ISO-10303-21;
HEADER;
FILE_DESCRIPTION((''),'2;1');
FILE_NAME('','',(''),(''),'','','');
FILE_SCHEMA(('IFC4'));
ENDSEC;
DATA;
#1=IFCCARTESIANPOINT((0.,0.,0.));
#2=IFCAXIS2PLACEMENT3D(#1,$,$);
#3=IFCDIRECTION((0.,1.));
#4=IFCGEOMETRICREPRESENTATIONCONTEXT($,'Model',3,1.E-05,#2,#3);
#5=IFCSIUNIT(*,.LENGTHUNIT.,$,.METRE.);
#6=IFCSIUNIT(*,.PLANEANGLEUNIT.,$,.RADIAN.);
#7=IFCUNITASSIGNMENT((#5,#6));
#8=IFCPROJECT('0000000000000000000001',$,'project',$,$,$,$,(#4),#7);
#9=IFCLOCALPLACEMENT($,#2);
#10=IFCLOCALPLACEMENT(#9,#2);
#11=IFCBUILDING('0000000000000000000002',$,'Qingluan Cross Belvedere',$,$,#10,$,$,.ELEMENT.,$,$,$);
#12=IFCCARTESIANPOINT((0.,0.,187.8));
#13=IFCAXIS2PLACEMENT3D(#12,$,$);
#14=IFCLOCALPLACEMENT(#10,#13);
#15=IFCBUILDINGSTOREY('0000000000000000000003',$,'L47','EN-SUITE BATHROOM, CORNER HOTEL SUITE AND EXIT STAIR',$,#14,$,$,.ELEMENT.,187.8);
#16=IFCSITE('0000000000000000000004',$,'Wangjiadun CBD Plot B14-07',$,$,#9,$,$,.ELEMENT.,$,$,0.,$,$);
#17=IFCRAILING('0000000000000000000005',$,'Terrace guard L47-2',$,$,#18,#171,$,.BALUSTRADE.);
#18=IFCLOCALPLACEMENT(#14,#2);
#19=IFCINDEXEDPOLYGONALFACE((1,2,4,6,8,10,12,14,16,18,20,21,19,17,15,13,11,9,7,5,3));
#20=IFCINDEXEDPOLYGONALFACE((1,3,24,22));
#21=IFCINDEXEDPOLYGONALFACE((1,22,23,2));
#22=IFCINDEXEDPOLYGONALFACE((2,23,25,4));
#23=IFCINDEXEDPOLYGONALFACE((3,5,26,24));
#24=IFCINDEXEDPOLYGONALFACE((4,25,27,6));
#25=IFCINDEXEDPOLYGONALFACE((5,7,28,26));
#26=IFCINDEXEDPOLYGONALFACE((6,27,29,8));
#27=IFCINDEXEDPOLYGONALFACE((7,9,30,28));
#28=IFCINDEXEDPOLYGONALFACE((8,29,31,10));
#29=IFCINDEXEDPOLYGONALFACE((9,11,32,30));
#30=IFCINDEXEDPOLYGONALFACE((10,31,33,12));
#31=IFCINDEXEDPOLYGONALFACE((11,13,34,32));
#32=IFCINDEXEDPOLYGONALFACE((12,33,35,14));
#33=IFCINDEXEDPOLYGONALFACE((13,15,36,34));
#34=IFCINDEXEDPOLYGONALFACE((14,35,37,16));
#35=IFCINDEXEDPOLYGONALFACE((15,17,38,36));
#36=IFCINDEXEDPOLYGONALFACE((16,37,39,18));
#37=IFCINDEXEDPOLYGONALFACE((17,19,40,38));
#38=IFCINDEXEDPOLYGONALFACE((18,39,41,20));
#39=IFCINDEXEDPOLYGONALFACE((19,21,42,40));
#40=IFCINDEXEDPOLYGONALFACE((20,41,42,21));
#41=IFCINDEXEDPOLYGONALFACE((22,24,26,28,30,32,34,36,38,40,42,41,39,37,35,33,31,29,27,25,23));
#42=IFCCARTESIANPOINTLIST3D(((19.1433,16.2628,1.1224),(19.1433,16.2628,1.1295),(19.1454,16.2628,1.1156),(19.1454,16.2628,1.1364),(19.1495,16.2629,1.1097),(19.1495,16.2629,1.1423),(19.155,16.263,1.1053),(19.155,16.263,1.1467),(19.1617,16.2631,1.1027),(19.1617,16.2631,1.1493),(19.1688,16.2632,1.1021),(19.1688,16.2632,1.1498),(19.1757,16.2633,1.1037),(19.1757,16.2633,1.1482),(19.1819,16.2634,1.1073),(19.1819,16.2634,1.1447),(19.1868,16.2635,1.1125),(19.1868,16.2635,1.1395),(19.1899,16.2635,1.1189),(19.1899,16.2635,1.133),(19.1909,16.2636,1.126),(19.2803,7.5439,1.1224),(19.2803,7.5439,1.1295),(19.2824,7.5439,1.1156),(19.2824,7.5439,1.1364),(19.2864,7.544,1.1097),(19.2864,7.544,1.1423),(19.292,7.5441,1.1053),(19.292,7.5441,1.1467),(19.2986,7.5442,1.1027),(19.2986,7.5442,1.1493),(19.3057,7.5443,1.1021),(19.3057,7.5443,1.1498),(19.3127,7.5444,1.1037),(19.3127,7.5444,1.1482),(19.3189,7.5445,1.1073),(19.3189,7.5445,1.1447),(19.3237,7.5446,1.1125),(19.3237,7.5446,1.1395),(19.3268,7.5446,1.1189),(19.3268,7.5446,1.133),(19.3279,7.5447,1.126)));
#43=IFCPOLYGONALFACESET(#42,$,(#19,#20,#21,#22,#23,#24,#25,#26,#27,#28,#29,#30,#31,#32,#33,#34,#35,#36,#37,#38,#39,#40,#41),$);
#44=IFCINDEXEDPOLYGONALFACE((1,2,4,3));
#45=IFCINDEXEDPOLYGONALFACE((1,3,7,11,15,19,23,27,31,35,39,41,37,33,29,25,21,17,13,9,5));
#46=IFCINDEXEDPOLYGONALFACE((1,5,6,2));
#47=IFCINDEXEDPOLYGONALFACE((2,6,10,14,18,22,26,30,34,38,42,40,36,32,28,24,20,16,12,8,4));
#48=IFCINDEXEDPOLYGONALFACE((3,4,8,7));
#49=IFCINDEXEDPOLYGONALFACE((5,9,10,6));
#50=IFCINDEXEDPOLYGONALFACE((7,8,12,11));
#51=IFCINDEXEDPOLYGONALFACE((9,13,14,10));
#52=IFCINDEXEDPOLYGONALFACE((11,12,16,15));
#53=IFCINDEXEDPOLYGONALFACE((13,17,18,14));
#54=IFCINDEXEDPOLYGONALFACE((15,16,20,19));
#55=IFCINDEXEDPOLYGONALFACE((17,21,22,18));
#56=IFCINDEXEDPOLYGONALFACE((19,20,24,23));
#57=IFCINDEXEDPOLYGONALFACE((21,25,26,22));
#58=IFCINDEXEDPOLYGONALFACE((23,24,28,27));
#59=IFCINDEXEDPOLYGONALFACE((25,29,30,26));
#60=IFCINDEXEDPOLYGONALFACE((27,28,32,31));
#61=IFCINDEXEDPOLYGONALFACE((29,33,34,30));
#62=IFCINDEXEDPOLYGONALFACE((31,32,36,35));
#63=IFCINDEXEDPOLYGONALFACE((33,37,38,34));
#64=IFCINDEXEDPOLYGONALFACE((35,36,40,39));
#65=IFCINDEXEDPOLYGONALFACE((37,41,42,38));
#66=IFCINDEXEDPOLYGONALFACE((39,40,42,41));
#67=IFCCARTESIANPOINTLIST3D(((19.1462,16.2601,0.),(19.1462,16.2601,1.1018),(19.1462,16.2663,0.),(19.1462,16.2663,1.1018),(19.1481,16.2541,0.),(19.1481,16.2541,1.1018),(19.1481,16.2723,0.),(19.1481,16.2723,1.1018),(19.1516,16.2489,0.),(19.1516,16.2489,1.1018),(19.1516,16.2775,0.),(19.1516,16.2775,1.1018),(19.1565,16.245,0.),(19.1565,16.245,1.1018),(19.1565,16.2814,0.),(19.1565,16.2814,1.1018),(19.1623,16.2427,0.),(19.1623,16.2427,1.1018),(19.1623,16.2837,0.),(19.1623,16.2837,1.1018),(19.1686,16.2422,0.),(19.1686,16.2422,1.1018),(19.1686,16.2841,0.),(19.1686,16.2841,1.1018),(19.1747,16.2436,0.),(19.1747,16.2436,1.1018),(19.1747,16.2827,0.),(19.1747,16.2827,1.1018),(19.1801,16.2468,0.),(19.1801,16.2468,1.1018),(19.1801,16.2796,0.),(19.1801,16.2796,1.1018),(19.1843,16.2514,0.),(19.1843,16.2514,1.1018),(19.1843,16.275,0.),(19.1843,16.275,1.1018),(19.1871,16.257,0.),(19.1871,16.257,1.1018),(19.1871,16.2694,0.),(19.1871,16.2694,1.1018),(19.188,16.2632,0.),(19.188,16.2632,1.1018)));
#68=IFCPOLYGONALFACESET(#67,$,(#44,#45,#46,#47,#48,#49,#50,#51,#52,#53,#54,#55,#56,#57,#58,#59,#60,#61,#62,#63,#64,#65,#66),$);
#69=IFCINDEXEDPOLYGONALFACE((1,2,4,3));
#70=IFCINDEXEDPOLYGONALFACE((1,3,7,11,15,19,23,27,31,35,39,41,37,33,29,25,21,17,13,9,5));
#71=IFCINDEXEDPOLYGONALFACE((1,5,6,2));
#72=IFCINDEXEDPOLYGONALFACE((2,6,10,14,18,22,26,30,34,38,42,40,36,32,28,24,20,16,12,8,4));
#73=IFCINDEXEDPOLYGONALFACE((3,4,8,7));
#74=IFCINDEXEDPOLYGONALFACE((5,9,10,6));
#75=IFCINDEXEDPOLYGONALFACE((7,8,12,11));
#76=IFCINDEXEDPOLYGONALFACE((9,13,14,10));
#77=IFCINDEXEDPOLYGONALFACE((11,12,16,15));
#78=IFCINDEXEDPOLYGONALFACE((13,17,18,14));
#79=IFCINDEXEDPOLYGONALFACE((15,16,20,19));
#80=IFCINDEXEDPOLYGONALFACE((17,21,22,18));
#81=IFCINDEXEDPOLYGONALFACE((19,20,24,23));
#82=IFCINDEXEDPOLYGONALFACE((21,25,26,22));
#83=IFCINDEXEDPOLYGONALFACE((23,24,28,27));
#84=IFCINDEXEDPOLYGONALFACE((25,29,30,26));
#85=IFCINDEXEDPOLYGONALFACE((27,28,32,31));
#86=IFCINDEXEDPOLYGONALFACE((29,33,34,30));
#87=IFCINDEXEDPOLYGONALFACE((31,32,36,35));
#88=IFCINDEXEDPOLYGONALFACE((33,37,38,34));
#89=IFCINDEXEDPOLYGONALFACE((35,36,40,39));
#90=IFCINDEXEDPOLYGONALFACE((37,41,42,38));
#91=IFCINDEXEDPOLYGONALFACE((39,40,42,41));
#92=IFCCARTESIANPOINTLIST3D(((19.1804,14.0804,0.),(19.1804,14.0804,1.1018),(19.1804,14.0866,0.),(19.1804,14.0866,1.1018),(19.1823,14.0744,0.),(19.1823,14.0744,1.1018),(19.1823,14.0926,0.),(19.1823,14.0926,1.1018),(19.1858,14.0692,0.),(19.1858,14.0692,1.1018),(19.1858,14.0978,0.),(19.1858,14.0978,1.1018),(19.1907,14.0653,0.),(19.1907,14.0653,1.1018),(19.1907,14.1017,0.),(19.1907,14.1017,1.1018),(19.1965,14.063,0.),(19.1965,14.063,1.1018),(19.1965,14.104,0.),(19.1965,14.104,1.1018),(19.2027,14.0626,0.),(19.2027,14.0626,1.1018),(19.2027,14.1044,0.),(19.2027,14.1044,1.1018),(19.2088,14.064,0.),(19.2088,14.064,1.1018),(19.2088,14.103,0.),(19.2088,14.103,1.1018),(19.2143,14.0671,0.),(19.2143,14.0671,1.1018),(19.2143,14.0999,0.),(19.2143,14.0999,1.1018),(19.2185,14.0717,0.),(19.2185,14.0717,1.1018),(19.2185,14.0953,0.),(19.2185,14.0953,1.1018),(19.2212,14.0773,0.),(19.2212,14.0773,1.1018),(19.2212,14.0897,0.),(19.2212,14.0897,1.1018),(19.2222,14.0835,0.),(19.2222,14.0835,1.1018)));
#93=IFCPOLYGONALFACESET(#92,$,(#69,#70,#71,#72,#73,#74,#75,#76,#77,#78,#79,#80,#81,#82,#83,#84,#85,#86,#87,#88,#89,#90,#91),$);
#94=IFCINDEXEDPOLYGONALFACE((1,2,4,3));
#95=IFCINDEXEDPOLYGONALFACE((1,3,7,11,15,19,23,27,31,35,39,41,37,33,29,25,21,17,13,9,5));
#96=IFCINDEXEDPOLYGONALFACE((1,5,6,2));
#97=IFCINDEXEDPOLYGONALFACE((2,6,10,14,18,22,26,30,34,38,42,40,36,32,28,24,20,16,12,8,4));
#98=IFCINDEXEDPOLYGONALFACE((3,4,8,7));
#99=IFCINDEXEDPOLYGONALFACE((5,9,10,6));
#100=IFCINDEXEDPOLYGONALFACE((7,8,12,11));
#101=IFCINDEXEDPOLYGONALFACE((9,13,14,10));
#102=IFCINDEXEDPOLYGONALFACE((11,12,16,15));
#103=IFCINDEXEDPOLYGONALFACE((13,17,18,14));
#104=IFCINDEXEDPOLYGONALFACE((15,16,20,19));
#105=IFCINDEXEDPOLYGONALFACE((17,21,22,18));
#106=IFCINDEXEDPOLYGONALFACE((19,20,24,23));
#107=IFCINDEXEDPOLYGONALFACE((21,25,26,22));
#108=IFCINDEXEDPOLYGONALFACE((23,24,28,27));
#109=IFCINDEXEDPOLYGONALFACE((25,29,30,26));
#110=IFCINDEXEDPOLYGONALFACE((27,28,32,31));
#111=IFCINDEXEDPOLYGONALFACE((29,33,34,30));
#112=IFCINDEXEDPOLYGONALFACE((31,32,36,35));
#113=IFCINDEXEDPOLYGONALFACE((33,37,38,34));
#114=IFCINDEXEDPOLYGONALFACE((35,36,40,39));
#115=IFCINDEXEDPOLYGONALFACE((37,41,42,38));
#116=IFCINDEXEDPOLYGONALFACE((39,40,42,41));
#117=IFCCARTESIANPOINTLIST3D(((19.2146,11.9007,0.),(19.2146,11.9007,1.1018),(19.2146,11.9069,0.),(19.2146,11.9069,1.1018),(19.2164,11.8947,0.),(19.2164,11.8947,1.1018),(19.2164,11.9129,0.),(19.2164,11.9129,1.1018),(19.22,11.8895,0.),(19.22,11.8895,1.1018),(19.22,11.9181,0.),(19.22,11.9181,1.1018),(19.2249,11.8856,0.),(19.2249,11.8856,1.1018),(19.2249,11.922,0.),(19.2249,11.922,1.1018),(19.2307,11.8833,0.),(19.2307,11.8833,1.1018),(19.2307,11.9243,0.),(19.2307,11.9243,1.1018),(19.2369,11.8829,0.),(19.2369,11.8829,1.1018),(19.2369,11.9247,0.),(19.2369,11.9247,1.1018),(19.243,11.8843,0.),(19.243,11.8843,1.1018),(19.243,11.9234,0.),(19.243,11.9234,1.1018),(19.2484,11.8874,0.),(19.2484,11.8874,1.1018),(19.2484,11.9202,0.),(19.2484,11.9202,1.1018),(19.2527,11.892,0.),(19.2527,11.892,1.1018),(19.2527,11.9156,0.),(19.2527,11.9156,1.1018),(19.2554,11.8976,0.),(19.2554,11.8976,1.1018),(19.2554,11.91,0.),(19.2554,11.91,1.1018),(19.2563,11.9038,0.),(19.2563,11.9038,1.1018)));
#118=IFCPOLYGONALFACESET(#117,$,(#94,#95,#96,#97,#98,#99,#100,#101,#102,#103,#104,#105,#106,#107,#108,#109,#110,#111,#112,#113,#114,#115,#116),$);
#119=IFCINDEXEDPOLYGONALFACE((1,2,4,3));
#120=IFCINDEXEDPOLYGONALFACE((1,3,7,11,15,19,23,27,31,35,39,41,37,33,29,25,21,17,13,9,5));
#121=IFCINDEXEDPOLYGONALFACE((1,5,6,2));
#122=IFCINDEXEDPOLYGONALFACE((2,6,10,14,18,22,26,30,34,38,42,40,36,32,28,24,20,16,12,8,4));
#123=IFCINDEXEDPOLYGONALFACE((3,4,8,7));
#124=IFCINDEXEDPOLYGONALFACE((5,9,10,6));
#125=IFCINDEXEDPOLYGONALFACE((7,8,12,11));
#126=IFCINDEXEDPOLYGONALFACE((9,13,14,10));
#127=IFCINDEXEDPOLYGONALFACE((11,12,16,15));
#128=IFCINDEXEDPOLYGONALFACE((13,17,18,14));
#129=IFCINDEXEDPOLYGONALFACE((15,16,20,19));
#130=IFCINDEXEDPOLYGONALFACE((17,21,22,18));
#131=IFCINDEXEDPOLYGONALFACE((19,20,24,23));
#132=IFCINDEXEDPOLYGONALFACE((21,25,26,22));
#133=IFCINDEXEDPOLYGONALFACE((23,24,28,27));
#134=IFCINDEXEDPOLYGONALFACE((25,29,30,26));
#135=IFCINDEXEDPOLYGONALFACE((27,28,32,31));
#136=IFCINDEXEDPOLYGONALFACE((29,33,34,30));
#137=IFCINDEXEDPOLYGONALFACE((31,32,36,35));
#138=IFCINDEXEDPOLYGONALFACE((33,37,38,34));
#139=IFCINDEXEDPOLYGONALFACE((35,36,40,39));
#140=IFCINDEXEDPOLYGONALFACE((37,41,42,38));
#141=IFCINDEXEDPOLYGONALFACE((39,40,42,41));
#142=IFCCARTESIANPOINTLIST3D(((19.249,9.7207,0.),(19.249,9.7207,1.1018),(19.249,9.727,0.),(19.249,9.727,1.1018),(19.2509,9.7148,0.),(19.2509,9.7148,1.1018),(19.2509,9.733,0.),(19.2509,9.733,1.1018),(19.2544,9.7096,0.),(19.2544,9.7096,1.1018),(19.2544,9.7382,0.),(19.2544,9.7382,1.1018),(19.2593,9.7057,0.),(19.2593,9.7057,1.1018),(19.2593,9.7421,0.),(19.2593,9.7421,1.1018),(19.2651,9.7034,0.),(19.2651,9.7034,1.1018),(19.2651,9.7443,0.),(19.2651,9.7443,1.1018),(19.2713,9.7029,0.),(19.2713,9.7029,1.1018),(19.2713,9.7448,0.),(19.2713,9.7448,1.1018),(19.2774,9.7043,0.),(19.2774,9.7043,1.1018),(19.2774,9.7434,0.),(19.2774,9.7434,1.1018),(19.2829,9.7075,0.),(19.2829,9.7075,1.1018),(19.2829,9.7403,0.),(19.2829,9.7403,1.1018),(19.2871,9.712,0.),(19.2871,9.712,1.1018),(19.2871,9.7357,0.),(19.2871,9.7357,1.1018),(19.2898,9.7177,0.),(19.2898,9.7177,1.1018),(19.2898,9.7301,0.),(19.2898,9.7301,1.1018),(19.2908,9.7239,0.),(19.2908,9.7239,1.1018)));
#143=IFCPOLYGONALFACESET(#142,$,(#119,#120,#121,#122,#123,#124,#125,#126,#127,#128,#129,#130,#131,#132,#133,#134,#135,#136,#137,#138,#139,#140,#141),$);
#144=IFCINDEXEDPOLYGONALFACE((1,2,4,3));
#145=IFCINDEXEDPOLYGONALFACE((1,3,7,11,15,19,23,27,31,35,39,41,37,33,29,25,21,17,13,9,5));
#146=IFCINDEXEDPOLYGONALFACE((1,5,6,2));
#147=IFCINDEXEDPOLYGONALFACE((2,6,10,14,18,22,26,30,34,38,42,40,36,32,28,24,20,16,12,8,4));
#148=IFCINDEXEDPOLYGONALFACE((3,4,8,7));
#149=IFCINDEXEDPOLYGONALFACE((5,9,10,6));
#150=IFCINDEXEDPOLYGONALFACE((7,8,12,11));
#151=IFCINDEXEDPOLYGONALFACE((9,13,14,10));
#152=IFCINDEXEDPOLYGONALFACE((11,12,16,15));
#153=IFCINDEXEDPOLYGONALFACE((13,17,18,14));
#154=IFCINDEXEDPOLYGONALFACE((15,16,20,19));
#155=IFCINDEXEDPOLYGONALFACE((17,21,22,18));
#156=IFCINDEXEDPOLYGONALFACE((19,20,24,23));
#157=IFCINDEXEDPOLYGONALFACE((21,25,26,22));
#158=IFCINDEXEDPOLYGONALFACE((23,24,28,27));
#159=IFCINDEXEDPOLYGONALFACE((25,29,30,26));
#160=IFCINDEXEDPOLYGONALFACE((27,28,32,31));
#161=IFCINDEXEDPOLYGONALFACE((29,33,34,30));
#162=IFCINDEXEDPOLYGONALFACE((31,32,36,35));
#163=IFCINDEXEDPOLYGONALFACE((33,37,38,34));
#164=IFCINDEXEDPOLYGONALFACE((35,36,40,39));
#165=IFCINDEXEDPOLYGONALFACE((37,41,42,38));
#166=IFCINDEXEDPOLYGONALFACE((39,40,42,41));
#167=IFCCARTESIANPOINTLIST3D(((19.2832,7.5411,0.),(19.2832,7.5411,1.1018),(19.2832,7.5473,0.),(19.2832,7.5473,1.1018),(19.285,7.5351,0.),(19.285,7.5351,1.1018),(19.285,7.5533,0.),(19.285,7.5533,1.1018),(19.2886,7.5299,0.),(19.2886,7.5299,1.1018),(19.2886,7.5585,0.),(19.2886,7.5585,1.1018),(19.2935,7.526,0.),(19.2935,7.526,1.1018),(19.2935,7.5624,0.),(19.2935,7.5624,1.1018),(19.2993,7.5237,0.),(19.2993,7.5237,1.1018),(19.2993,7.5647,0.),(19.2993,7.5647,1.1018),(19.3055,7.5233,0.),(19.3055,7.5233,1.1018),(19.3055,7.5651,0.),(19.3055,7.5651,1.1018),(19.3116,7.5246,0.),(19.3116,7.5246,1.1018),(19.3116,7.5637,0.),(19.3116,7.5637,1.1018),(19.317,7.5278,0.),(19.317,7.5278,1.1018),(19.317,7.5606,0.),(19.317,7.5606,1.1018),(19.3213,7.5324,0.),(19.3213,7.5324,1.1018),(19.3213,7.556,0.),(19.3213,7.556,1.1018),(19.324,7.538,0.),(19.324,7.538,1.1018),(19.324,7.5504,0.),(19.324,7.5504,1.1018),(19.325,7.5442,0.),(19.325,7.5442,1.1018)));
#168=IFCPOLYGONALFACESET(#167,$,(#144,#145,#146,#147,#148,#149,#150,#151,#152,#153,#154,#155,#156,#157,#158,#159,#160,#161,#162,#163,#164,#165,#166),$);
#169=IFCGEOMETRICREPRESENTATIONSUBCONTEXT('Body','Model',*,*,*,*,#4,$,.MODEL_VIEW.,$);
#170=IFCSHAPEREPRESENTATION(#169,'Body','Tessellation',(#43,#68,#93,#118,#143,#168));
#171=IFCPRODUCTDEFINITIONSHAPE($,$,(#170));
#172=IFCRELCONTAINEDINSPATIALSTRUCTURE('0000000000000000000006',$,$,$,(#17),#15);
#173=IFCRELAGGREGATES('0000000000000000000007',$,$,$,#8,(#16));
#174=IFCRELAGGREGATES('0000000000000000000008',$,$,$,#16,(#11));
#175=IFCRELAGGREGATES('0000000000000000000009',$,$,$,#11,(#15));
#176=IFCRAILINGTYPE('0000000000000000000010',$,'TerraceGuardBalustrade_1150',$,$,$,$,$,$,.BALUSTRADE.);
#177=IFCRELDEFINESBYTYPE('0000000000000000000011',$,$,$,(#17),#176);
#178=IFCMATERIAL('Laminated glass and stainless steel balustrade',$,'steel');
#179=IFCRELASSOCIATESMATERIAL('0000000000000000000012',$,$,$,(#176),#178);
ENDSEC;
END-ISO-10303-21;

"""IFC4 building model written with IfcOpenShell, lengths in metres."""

from ifc_helpers import new_model, si_unit, direction, frame, origin, origin_2d, place, context, subcontext, project, spatial, circle, extrude, material, type_object, element, save


model = new_model("IFC4")

# Units and contexts
model_context = context("Model", 3, precision=1e-05, world=origin(), true_north=direction((0.0, 1.0)))
body_context = subcontext(model_context, "Body", "Model", "MODEL_VIEW")
ifc_project = project(units=[si_unit("LENGTHUNIT", "METRE"), si_unit("PLANEANGLEUNIT", "RADIAN")], contexts=[model_context])

# Site, building, storey
site_placement = place(None, origin())
site = spatial("IfcSite", under=ifc_project, at=site_placement, Name="Wangjiadun CBD Plot B14-07", CompositionType="ELEMENT", RefElevation=0.0)
building_placement = place(site_placement, origin())
building = spatial("IfcBuilding", under=site, at=building_placement, Name="Qingluan Cross Belvedere", CompositionType="ELEMENT")
storey_placement = place(building_placement, frame((0.0, 0.0, 187.8)))
storey = spatial("IfcBuildingStorey", under=building, at=storey_placement, Name="L47", Description="EN-SUITE BATHROOM, CORNER HOTEL SUITE AND EXIT STAIR", CompositionType="ELEMENT", Elevation=187.8)

# Railing
ifc_material_1 = material(Name="Laminated glass and stainless steel balustrade", Category="steel")
railing_type = type_object("IfcRailingType", Name="TerraceGuardBalustrade_1150", PredefinedType="BALUSTRADE", material=ifc_material_1)
railing_1_placement = place(storey_placement, frame((19.167, 16.2632, 0.0)))
element("IfcRailing", 1, at=railing_1_placement, inside=storey, type_object=railing_type, Name="Terrace guard L47-2", PredefinedType="BALUSTRADE", context=body_context, shape_type="SweptSolid", body=[
    extrude(circle(Radius=0.0239, at=origin_2d()), frame((0.0, 0.0, 1.126), z_axis=(0.015707, -0.999877, 0.0), x_axis=(0.999877, 0.015707, 0.0)), (0.0, 0.0, 1.0), 8.72),
    extrude(circle(Radius=0.021, at=origin_2d()), origin(), (0.0, 0.0, 1.0), 1.1018),
    extrude(circle(Radius=0.021, at=origin_2d()), frame((0.0342, -2.1797, 0.0)), (0.0, 0.0, 1.0), 1.1018),
    extrude(circle(Radius=0.021, at=origin_2d()), frame((0.0684, -4.3594, 0.0)), (0.0, 0.0, 1.0), 1.1018),
    extrude(circle(Radius=0.021, at=origin_2d()), frame((0.1028, -6.5393, 0.0)), (0.0, 0.0, 1.0), 1.1018),
    extrude(circle(Radius=0.021, at=origin_2d()), frame((0.137, -8.719, 0.0)), (0.0, 0.0, 1.0), 1.1018),
])

save(model, "model.ifc")
